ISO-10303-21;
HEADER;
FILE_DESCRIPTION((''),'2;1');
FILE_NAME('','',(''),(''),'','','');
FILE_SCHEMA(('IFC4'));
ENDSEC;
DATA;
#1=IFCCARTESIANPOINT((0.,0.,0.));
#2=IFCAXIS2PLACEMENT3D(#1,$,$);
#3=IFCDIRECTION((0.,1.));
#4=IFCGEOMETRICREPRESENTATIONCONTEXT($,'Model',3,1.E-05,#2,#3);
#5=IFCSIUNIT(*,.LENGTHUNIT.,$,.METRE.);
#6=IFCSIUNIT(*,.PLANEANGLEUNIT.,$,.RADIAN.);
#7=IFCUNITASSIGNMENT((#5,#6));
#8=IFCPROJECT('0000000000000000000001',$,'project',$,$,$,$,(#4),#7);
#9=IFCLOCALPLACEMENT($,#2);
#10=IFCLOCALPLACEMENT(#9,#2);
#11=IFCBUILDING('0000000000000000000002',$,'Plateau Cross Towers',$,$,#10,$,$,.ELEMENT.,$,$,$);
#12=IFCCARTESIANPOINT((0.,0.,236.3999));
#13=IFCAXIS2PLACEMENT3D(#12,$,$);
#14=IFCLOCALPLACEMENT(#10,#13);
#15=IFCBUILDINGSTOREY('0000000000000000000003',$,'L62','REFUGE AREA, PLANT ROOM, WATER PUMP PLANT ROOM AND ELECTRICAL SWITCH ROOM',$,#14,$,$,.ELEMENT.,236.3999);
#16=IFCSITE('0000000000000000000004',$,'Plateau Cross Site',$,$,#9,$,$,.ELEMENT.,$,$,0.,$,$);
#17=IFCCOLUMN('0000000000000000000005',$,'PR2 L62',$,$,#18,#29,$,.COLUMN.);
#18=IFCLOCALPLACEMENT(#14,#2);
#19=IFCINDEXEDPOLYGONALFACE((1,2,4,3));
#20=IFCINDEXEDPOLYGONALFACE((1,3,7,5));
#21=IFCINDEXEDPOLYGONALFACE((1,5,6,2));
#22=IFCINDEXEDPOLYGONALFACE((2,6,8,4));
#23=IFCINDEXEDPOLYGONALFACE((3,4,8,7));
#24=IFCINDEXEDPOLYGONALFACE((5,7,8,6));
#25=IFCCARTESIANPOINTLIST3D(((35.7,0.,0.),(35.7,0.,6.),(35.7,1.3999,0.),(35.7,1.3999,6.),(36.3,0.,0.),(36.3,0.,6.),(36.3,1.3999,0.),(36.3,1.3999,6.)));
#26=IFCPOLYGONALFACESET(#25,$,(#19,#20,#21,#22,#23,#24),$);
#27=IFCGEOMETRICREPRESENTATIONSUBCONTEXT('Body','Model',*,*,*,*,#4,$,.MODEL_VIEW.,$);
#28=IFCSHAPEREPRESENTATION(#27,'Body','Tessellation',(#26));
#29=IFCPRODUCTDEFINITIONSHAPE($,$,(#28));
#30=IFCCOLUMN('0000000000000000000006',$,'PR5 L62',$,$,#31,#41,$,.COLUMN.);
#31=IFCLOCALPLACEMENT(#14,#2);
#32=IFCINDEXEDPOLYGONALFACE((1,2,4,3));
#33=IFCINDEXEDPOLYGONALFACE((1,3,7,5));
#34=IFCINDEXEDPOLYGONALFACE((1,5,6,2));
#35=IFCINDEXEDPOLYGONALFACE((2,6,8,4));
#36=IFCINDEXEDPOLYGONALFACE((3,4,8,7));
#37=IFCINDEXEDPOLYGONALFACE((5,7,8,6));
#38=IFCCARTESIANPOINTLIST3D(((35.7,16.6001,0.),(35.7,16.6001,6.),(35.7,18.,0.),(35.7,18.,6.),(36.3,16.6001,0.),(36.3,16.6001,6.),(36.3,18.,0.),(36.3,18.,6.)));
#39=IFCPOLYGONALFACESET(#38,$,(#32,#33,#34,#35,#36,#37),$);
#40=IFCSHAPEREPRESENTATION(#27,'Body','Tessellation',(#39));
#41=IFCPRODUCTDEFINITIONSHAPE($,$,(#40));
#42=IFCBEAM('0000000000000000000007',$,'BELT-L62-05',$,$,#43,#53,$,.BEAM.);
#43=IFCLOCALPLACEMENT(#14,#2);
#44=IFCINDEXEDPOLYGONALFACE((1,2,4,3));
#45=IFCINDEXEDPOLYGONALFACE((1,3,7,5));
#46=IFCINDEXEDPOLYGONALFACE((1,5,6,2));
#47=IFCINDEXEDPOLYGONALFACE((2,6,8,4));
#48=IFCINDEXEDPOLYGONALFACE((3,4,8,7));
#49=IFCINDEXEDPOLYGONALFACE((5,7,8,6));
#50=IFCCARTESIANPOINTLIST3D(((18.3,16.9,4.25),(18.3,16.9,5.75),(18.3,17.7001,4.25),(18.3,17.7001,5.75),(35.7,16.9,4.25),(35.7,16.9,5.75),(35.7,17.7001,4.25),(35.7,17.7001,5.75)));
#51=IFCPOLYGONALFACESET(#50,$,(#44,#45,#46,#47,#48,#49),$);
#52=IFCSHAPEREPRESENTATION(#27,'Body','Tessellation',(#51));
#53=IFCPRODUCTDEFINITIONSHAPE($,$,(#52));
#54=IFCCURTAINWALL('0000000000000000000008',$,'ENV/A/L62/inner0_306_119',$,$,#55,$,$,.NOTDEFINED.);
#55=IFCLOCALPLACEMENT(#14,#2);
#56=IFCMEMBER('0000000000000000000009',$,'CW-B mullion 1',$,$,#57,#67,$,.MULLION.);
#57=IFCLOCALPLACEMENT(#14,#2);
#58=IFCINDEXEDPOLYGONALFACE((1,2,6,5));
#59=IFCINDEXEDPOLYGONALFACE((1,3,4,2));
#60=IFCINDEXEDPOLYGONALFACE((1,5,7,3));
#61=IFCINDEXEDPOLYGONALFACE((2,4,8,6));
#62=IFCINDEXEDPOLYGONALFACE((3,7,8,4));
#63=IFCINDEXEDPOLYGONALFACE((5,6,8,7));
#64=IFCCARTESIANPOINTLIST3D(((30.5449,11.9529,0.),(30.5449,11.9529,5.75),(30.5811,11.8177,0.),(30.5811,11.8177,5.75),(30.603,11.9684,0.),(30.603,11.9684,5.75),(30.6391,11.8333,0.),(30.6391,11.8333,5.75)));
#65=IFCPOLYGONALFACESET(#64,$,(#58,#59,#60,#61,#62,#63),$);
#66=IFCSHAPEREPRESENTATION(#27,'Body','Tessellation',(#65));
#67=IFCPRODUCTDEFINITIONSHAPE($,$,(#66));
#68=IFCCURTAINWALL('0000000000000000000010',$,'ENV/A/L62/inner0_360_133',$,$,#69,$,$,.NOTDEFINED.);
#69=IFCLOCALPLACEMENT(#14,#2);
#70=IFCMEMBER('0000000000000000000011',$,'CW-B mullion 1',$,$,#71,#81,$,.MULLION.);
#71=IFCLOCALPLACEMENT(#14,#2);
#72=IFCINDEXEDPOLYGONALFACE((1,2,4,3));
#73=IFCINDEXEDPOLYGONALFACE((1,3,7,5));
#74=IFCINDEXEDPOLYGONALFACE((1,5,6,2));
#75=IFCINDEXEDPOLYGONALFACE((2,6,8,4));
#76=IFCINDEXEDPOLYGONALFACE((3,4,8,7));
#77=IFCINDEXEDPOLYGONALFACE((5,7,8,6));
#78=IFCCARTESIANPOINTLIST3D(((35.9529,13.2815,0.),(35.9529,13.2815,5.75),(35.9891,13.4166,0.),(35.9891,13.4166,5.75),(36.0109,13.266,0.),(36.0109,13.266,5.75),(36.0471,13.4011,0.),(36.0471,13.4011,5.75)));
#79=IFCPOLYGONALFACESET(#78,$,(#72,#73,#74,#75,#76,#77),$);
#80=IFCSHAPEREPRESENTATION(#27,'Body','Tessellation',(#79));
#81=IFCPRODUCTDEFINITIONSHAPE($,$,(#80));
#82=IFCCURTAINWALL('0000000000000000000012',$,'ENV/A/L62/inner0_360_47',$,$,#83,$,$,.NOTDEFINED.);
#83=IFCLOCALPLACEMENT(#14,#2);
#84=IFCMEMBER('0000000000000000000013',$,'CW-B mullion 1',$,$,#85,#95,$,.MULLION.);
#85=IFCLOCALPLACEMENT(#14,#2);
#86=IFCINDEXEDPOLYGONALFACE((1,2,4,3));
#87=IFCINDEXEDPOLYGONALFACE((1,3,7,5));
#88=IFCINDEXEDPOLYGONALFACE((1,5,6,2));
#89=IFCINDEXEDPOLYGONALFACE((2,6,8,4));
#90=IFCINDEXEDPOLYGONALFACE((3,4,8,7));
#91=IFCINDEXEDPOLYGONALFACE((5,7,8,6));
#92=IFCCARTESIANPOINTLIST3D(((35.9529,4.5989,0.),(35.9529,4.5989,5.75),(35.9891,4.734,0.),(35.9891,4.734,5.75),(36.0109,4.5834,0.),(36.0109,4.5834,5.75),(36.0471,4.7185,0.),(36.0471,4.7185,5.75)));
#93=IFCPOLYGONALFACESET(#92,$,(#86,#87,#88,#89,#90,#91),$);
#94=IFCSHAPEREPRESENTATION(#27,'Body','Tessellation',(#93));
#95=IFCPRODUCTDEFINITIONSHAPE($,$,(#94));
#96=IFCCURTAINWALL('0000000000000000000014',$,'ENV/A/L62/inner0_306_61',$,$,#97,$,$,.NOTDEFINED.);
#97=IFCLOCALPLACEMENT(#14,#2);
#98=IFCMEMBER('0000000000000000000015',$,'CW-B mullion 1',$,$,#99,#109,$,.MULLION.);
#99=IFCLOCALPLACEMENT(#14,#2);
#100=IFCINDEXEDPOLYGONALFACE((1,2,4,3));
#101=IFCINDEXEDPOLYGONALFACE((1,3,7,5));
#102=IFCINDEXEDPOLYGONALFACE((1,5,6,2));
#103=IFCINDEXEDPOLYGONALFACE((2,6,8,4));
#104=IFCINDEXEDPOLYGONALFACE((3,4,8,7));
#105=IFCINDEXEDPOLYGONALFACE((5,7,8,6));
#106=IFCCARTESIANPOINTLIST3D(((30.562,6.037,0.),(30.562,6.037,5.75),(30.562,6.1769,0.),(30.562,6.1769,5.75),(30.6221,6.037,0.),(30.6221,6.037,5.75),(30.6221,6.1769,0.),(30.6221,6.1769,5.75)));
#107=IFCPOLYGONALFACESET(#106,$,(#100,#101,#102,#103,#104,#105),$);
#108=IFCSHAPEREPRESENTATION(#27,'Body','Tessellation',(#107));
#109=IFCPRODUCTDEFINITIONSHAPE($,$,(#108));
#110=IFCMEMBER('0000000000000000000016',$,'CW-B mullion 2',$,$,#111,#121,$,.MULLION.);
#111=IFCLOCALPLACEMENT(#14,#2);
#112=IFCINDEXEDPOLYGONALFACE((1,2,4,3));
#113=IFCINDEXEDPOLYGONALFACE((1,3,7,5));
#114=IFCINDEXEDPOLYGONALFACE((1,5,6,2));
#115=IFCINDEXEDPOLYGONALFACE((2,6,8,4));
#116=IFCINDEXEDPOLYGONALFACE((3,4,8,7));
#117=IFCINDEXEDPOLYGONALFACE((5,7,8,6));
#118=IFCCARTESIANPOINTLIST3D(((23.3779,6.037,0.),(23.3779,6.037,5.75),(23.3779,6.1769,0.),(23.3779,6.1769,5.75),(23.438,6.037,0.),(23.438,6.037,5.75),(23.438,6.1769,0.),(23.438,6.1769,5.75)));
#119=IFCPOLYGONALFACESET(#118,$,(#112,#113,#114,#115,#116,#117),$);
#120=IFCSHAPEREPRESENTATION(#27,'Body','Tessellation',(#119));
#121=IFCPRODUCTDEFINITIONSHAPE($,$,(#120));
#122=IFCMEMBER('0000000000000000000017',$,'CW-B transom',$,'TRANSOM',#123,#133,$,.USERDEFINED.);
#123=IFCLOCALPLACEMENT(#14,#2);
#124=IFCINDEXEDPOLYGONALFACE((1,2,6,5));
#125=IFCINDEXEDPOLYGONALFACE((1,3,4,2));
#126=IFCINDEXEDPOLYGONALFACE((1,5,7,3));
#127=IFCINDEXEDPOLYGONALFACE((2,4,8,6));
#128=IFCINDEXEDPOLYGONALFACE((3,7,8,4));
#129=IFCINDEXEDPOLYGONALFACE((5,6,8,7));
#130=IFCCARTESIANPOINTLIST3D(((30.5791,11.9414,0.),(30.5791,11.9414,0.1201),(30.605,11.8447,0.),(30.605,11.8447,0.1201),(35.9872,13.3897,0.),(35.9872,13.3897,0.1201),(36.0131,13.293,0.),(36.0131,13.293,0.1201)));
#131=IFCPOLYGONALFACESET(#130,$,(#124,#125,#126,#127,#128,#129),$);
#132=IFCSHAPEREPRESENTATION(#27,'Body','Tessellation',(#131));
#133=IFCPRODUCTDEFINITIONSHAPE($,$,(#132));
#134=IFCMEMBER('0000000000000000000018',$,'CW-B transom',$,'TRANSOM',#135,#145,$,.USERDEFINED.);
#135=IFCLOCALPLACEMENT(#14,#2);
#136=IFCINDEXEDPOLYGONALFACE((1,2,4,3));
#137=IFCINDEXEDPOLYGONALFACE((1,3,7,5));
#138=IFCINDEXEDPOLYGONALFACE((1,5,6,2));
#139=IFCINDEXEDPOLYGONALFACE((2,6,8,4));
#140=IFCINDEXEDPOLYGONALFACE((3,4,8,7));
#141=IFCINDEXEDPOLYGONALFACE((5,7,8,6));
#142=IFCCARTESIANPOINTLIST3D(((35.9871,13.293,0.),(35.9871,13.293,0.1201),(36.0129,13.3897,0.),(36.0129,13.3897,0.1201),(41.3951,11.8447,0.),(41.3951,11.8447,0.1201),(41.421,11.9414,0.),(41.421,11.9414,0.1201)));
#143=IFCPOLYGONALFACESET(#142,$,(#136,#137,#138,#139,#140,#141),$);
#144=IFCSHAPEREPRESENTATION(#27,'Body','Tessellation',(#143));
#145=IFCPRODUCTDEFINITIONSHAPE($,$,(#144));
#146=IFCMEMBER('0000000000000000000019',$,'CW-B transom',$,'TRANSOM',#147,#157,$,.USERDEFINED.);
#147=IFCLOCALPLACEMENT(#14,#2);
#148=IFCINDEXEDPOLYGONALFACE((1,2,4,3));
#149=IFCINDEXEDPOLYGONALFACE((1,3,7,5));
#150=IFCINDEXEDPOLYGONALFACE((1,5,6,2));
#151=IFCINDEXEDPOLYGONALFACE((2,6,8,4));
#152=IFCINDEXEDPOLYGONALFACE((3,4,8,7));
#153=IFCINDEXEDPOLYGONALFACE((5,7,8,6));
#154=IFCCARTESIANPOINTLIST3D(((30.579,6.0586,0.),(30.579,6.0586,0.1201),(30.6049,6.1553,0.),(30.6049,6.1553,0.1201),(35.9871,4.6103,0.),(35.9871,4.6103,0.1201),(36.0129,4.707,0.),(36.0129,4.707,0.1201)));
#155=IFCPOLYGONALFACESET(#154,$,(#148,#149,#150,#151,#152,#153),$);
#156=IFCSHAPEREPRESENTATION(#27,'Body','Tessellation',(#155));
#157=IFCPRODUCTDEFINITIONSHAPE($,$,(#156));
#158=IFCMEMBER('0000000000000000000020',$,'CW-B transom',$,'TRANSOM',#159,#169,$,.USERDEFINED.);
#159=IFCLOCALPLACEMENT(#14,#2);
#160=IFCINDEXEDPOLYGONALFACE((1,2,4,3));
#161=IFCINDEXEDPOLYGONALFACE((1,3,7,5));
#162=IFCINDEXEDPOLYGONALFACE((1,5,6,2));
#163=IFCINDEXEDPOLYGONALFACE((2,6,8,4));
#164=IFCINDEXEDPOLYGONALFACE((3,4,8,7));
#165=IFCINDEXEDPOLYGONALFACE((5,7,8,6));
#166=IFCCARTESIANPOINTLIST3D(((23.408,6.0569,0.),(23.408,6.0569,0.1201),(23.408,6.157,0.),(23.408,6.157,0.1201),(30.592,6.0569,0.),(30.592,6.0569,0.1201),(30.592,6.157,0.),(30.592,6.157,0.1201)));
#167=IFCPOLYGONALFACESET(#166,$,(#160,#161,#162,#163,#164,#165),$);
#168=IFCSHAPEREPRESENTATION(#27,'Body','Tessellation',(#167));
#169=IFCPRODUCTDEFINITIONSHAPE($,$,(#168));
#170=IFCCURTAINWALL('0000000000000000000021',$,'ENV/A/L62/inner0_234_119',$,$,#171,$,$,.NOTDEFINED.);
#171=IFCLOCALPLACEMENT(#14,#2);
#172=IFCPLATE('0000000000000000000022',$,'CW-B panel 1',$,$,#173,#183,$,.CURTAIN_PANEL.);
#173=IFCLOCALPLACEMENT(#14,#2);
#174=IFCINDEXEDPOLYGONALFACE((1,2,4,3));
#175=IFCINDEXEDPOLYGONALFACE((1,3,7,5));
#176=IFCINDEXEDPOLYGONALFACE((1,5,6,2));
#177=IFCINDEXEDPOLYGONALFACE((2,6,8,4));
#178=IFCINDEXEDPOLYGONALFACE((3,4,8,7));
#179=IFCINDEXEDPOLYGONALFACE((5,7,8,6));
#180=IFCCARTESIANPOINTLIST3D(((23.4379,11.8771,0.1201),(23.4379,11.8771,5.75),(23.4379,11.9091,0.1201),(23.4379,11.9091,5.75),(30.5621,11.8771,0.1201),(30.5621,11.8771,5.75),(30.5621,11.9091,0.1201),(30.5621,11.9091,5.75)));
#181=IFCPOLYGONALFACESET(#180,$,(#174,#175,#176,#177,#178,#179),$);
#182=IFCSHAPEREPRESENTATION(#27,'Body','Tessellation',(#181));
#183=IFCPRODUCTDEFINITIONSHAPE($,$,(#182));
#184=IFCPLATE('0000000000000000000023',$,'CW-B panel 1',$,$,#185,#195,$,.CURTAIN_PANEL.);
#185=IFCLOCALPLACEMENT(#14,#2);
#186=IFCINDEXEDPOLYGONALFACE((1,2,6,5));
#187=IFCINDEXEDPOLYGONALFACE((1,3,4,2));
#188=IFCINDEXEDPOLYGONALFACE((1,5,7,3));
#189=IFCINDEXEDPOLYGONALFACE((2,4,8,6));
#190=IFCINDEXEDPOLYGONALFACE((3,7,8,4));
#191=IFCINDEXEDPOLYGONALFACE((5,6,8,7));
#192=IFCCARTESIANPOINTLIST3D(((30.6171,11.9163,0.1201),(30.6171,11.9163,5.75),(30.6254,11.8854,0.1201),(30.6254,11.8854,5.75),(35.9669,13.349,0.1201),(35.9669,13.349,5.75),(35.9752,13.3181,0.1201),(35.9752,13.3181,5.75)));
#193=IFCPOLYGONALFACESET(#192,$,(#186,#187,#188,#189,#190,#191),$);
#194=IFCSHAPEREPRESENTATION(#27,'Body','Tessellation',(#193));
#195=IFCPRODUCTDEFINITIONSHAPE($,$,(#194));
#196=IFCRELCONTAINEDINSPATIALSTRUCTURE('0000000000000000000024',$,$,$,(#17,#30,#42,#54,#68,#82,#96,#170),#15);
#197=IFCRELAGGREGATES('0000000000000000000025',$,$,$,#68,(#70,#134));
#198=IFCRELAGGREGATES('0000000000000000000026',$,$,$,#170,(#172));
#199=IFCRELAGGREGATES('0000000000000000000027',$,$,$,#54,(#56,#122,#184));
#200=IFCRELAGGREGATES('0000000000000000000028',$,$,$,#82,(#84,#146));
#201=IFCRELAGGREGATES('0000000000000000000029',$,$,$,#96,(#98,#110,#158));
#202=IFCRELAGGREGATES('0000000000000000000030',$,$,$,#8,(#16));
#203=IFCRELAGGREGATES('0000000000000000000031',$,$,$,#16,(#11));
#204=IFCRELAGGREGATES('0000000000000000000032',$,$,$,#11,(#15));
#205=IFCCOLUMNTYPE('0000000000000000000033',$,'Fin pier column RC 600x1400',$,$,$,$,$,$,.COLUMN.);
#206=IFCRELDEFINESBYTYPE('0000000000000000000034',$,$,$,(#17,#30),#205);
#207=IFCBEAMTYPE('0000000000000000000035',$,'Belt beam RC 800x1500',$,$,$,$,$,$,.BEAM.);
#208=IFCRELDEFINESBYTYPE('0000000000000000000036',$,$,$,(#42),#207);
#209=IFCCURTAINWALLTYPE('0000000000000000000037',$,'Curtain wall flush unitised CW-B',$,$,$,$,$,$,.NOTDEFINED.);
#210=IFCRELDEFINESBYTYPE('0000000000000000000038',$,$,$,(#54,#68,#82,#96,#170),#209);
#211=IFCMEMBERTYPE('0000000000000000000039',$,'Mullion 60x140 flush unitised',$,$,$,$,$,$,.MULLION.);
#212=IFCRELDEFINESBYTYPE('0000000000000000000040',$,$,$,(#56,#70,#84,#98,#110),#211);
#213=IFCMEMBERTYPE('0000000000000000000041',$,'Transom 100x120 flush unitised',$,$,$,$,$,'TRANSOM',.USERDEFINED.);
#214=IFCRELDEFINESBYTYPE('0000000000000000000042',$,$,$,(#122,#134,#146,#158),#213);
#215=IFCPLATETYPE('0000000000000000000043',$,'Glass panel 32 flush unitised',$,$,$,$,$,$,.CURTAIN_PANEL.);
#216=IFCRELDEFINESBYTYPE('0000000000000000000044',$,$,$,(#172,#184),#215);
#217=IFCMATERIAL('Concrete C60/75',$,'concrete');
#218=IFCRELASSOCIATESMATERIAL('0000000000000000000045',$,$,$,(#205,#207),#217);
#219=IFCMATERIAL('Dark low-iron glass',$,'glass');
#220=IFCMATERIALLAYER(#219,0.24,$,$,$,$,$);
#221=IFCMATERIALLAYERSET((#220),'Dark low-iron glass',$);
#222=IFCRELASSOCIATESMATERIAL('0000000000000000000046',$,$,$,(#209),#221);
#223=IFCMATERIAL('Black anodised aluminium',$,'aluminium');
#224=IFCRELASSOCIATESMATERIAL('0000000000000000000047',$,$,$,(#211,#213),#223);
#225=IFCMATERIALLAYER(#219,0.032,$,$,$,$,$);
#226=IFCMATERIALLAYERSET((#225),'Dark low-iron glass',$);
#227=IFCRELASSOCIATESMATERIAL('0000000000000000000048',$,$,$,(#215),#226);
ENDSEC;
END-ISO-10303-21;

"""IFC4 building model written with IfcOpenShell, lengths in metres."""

from ifc_helpers import new_model, si_unit, direction, frame, origin, origin_2d, place, context, subcontext, project, spatial, rectangle, extrude, material, layer, layer_set, material_profile, profile_set, type_object, element, aggregate, save


model = new_model("IFC4")

# Units and contexts
model_context = context("Model", 3, precision=1e-05, world=origin(), true_north=direction((0.0, 1.0)))
body_context = subcontext(model_context, "Body", "Model", "MODEL_VIEW")
ifc_project = project(units=[si_unit("LENGTHUNIT", "METRE"), si_unit("PLANEANGLEUNIT", "RADIAN")], contexts=[model_context])

# Site, building, storey
site_placement = place(None, origin())
site = spatial("IfcSite", under=ifc_project, at=site_placement, Name="Plateau Cross Site", CompositionType="ELEMENT", RefElevation=0.0)
building_placement = place(site_placement, origin())
building = spatial("IfcBuilding", under=site, at=building_placement, Name="Plateau Cross Towers", CompositionType="ELEMENT")
storey_placement = place(building_placement, frame((0.0, 0.0, 236.3999)))
storey = spatial("IfcBuildingStorey", under=building, at=storey_placement, Name="L62", Description="REFUGE AREA, PLANT ROOM, WATER PUMP PLANT ROOM AND ELECTRICAL SWITCH ROOM", CompositionType="ELEMENT", Elevation=236.3999)

# Columns
ifc_material_1 = material(Name="Concrete C60/75", Category="concrete")
ifc_material_profile_1 = material_profile(ifc_material_1, rectangle(XDim=0.6001, YDim=1.3999, at=origin_2d()), Name="RC 600x1400")
ifc_profile_set_1 = profile_set([ifc_material_profile_1], Name="Concrete C60/75")
column_type = type_object("IfcColumnType", Name="Fin pier column RC 600x1400", PredefinedType="COLUMN", material=ifc_profile_set_1)
for number, where, z_axis, x_axis, name in (
    (1, (36.0, 0.7, 0.0), (0.0, 0.0, 1.0), (1.0, 0.0, 0.0), "PR2 L62"),
    (2, (36.0, 17.3, 0.0), (0.0, 0.0, 1.0), (1.0, 0.0, 0.0), "PR5 L62"),
):
    element("IfcColumn", number, at=place(storey_placement, frame(where, z_axis=z_axis, x_axis=x_axis)), inside=storey, type_object=column_type, Name=name, PredefinedType="COLUMN", context=body_context, shape_type="SweptSolid", body=[
        extrude(rectangle(XDim=0.6001, YDim=1.3999, at=origin_2d()), origin(), (0.0, 0.0, 1.0), 6.0),
    ])

# Beam
ifc_material_profile_2 = material_profile(ifc_material_1, rectangle(XDim=0.8, YDim=1.5, at=origin_2d()), Name="RC 800x1500")
ifc_profile_set_2 = profile_set([ifc_material_profile_2], Name="Concrete C60/75")
beam_type = type_object("IfcBeamType", Name="Belt beam RC 800x1500", PredefinedType="BEAM", material=ifc_profile_set_2)
beam_placement = place(storey_placement, frame((35.7, 17.3, 5.0), z_axis=(-1.0, 0.0, 0.0), x_axis=(0.0, -1.0, 0.0)))
element("IfcBeam", 3, at=beam_placement, inside=storey, type_object=beam_type, Name="BELT-L62-05", PredefinedType="BEAM", context=body_context, shape_type="SweptSolid", body=[
    extrude(rectangle(XDim=0.8, YDim=1.5, at=origin_2d()), origin(), (0.0, 0.0, 1.0), 17.3999),
])

# Curtain walls, members
ifc_material_2 = material(Name="Dark low-iron glass", Category="glass")
ifc_layer_1 = layer(ifc_material_2, 0.24)
ifc_layer_set_1 = layer_set([ifc_layer_1], Name="Dark low-iron glass")
curtain_wall_type = type_object("IfcCurtainWallType", Name="Curtain wall flush unitised CW-B", PredefinedType="NOTDEFINED", material=ifc_layer_set_1)
curtain_wall_1_placement = place(storey_placement, origin())
curtain_wall_1 = element("IfcCurtainWall", 4, at=curtain_wall_1_placement, inside=storey, type_object=curtain_wall_type, Name="ENV/A/L62/inner0_306_119", PredefinedType="NOTDEFINED")
ifc_material_3 = material(Name="Black anodised aluminium", Category="aluminium")
ifc_material_profile_3 = material_profile(ifc_material_3, rectangle(XDim=0.0601, YDim=0.1399, at=origin_2d()), Name="MULLION 60x140")
ifc_profile_set_3 = profile_set([ifc_material_profile_3], Name="Black anodised aluminium")
member_type_1 = type_object("IfcMemberType", Name="Mullion 60x140 flush unitised", PredefinedType="MULLION", material=ifc_profile_set_3)
member_1_placement = place(storey_placement, frame((30.592, 11.8931, 0.0), z_axis=(0.0, 0.0, 1.0), x_axis=(0.965958, 0.258699, 0.0)))
member_1 = element("IfcMember", 5, at=member_1_placement, type_object=member_type_1, Name="CW-B mullion 1", PredefinedType="MULLION", context=body_context, shape_type="SweptSolid", body=[
    extrude(rectangle(XDim=0.0601, YDim=0.1399, at=origin_2d()), origin(), (0.0, 0.0, 1.0), 5.75),
])
curtain_wall_2_placement = place(storey_placement, origin())
curtain_wall_2 = element("IfcCurtainWall", 6, at=curtain_wall_2_placement, inside=storey, type_object=curtain_wall_type, Name="ENV/A/L62/inner0_360_133", PredefinedType="NOTDEFINED")
member_2_placement = place(storey_placement, frame((36.0, 13.3413, 0.0), z_axis=(0.0, 0.0, 1.0), x_axis=(0.965958, -0.258699, 0.0)))
member_2 = element("IfcMember", 7, at=member_2_placement, type_object=member_type_1, Name="CW-B mullion 1", PredefinedType="MULLION", context=body_context, shape_type="SweptSolid", body=[
    extrude(rectangle(XDim=0.0601, YDim=0.1399, at=origin_2d()), origin(), (0.0, 0.0, 1.0), 5.75),
])
curtain_wall_3_placement = place(storey_placement, origin())
curtain_wall_3 = element("IfcCurtainWall", 8, at=curtain_wall_3_placement, inside=storey, type_object=curtain_wall_type, Name="ENV/A/L62/inner0_360_47", PredefinedType="NOTDEFINED")
member_3_placement = place(storey_placement, frame((36.0, 4.6587, 0.0), z_axis=(0.0, 0.0, 1.0), x_axis=(-0.965958, 0.258699, 0.0)))
member_3 = element("IfcMember", 9, at=member_3_placement, type_object=member_type_1, Name="CW-B mullion 1", PredefinedType="MULLION", context=body_context, shape_type="SweptSolid", body=[
    extrude(rectangle(XDim=0.0601, YDim=0.1399, at=origin_2d()), origin(), (0.0, 0.0, 1.0), 5.75),
])

# Curtain wall, members
curtain_wall_4_placement = place(storey_placement, origin())
curtain_wall_4 = element("IfcCurtainWall", 10, at=curtain_wall_4_placement, inside=storey, type_object=curtain_wall_type, Name="ENV/A/L62/inner0_306_61", PredefinedType="NOTDEFINED")
member_4_placement = place(storey_placement, frame((30.592, 6.1069, 0.0), z_axis=(0.0, 0.0, 1.0), x_axis=(-1.0, 0.0, 0.0)))
member_4 = element("IfcMember", 11, at=member_4_placement, type_object=member_type_1, Name="CW-B mullion 1", PredefinedType="MULLION", context=body_context, shape_type="SweptSolid", body=[
    extrude(rectangle(XDim=0.0601, YDim=0.1399, at=origin_2d()), origin(), (0.0, 0.0, 1.0), 5.75),
])
member_5_placement = place(storey_placement, frame((23.408, 6.1069, 0.0), z_axis=(0.0, 0.0, 1.0), x_axis=(-1.0, 0.0, 0.0)))
member_5 = element("IfcMember", 12, at=member_5_placement, type_object=member_type_1, Name="CW-B mullion 2", PredefinedType="MULLION", context=body_context, shape_type="SweptSolid", body=[
    extrude(rectangle(XDim=0.0601, YDim=0.1399, at=origin_2d()), origin(), (0.0, 0.0, 1.0), 5.75),
])

# Members
ifc_material_profile_4 = material_profile(ifc_material_3, rectangle(XDim=0.1001, YDim=0.1201, at=origin_2d()), Name="TRANSOM 100x120")
ifc_profile_set_4 = profile_set([ifc_material_profile_4], Name="Black anodised aluminium")
member_type_2 = type_object("IfcMemberType", Name="Transom 100x120 flush unitised", ElementType="TRANSOM", PredefinedType="USERDEFINED", material=ifc_profile_set_4)
member_6_placement = place(storey_placement, frame((30.592, 11.8931, 0.0601), z_axis=(0.965962, 0.258683, 0.0), x_axis=(-0.258683, 0.965962, 0.0)))
member_6 = element("IfcMember", 13, at=member_6_placement, type_object=member_type_2, Name="CW-B transom", ObjectType="TRANSOM", PredefinedType="USERDEFINED", context=body_context, shape_type="SweptSolid", body=[
    extrude(rectangle(XDim=0.1001, YDim=0.1201, at=origin_2d()), origin(), (0.0, 0.0, 1.0), 5.5986),
])
member_7_placement = place(storey_placement, frame((36.0, 13.3413, 0.0601), z_axis=(0.965962, -0.258683, 0.0), x_axis=(0.258683, 0.965962, 0.0)))
member_7 = element("IfcMember", 14, at=member_7_placement, type_object=member_type_2, Name="CW-B transom", ObjectType="TRANSOM", PredefinedType="USERDEFINED", context=body_context, shape_type="SweptSolid", body=[
    extrude(rectangle(XDim=0.1001, YDim=0.1201, at=origin_2d()), origin(), (0.0, 0.0, 1.0), 5.5986),
])
aggregate(curtain_wall_2, [member_2, member_7])
member_8_placement = place(storey_placement, frame((36.0, 4.6587, 0.0601), z_axis=(-0.965962, 0.258683, 0.0), x_axis=(-0.258683, -0.965962, 0.0)))
member_8 = element("IfcMember", 15, at=member_8_placement, type_object=member_type_2, Name="CW-B transom", ObjectType="TRANSOM", PredefinedType="USERDEFINED", context=body_context, shape_type="SweptSolid", body=[
    extrude(rectangle(XDim=0.1001, YDim=0.1201, at=origin_2d()), origin(), (0.0, 0.0, 1.0), 5.5986),
])
member_9_placement = place(storey_placement, frame((30.592, 6.1069, 0.0601), z_axis=(-1.0, 0.0, 0.0), x_axis=(0.0, -1.0, 0.0)))
member_9 = element("IfcMember", 16, at=member_9_placement, type_object=member_type_2, Name="CW-B transom", ObjectType="TRANSOM", PredefinedType="USERDEFINED", context=body_context, shape_type="SweptSolid", body=[
    extrude(rectangle(XDim=0.1001, YDim=0.1201, at=origin_2d()), origin(), (0.0, 0.0, 1.0), 7.1841),
])

# Curtain wall, plate
curtain_wall_5_placement = place(storey_placement, origin())
curtain_wall_5 = element("IfcCurtainWall", 17, at=curtain_wall_5_placement, inside=storey, type_object=curtain_wall_type, Name="ENV/A/L62/inner0_234_119", PredefinedType="NOTDEFINED")
ifc_layer_2 = layer(ifc_material_2, 0.032)
ifc_layer_set_2 = layer_set([ifc_layer_2], Name="Dark low-iron glass")
plate_type = type_object("IfcPlateType", Name="Glass panel 32 flush unitised", PredefinedType="CURTAIN_PANEL", material=ifc_layer_set_2)
plate_1_placement = place(storey_placement, frame((27.0, 11.8931, 0.1201), z_axis=(0.0, 0.0, 1.0), x_axis=(1.0, 0.0, 0.0)))
plate_1 = element("IfcPlate", 18, at=plate_1_placement, type_object=plate_type, Name="CW-B panel 1", PredefinedType="CURTAIN_PANEL", context=body_context, shape_type="SweptSolid", body=[
    extrude(rectangle(XDim=7.1243, YDim=0.032, at=origin_2d()), origin(), (0.0, 0.0, 1.0), 5.6299),
])
aggregate(curtain_wall_5, [plate_1])

# Plate
plate_2_placement = place(storey_placement, frame((33.2961, 12.6172, 0.1201), z_axis=(0.0, 0.0, 1.0), x_axis=(0.965958, 0.258699, 0.0)))
plate_2 = element("IfcPlate", 19, at=plate_2_placement, type_object=plate_type, Name="CW-B panel 1", PredefinedType="CURTAIN_PANEL", context=body_context, shape_type="SweptSolid", body=[
    extrude(rectangle(XDim=5.5383, YDim=0.032, at=origin_2d()), origin(), (0.0, 0.0, 1.0), 5.6299),
])
aggregate(curtain_wall_1, [member_1, member_6, plate_2])
aggregate(curtain_wall_3, [member_3, member_8])
aggregate(curtain_wall_4, [member_4, member_5, member_9])

save(model, "model.ifc")
